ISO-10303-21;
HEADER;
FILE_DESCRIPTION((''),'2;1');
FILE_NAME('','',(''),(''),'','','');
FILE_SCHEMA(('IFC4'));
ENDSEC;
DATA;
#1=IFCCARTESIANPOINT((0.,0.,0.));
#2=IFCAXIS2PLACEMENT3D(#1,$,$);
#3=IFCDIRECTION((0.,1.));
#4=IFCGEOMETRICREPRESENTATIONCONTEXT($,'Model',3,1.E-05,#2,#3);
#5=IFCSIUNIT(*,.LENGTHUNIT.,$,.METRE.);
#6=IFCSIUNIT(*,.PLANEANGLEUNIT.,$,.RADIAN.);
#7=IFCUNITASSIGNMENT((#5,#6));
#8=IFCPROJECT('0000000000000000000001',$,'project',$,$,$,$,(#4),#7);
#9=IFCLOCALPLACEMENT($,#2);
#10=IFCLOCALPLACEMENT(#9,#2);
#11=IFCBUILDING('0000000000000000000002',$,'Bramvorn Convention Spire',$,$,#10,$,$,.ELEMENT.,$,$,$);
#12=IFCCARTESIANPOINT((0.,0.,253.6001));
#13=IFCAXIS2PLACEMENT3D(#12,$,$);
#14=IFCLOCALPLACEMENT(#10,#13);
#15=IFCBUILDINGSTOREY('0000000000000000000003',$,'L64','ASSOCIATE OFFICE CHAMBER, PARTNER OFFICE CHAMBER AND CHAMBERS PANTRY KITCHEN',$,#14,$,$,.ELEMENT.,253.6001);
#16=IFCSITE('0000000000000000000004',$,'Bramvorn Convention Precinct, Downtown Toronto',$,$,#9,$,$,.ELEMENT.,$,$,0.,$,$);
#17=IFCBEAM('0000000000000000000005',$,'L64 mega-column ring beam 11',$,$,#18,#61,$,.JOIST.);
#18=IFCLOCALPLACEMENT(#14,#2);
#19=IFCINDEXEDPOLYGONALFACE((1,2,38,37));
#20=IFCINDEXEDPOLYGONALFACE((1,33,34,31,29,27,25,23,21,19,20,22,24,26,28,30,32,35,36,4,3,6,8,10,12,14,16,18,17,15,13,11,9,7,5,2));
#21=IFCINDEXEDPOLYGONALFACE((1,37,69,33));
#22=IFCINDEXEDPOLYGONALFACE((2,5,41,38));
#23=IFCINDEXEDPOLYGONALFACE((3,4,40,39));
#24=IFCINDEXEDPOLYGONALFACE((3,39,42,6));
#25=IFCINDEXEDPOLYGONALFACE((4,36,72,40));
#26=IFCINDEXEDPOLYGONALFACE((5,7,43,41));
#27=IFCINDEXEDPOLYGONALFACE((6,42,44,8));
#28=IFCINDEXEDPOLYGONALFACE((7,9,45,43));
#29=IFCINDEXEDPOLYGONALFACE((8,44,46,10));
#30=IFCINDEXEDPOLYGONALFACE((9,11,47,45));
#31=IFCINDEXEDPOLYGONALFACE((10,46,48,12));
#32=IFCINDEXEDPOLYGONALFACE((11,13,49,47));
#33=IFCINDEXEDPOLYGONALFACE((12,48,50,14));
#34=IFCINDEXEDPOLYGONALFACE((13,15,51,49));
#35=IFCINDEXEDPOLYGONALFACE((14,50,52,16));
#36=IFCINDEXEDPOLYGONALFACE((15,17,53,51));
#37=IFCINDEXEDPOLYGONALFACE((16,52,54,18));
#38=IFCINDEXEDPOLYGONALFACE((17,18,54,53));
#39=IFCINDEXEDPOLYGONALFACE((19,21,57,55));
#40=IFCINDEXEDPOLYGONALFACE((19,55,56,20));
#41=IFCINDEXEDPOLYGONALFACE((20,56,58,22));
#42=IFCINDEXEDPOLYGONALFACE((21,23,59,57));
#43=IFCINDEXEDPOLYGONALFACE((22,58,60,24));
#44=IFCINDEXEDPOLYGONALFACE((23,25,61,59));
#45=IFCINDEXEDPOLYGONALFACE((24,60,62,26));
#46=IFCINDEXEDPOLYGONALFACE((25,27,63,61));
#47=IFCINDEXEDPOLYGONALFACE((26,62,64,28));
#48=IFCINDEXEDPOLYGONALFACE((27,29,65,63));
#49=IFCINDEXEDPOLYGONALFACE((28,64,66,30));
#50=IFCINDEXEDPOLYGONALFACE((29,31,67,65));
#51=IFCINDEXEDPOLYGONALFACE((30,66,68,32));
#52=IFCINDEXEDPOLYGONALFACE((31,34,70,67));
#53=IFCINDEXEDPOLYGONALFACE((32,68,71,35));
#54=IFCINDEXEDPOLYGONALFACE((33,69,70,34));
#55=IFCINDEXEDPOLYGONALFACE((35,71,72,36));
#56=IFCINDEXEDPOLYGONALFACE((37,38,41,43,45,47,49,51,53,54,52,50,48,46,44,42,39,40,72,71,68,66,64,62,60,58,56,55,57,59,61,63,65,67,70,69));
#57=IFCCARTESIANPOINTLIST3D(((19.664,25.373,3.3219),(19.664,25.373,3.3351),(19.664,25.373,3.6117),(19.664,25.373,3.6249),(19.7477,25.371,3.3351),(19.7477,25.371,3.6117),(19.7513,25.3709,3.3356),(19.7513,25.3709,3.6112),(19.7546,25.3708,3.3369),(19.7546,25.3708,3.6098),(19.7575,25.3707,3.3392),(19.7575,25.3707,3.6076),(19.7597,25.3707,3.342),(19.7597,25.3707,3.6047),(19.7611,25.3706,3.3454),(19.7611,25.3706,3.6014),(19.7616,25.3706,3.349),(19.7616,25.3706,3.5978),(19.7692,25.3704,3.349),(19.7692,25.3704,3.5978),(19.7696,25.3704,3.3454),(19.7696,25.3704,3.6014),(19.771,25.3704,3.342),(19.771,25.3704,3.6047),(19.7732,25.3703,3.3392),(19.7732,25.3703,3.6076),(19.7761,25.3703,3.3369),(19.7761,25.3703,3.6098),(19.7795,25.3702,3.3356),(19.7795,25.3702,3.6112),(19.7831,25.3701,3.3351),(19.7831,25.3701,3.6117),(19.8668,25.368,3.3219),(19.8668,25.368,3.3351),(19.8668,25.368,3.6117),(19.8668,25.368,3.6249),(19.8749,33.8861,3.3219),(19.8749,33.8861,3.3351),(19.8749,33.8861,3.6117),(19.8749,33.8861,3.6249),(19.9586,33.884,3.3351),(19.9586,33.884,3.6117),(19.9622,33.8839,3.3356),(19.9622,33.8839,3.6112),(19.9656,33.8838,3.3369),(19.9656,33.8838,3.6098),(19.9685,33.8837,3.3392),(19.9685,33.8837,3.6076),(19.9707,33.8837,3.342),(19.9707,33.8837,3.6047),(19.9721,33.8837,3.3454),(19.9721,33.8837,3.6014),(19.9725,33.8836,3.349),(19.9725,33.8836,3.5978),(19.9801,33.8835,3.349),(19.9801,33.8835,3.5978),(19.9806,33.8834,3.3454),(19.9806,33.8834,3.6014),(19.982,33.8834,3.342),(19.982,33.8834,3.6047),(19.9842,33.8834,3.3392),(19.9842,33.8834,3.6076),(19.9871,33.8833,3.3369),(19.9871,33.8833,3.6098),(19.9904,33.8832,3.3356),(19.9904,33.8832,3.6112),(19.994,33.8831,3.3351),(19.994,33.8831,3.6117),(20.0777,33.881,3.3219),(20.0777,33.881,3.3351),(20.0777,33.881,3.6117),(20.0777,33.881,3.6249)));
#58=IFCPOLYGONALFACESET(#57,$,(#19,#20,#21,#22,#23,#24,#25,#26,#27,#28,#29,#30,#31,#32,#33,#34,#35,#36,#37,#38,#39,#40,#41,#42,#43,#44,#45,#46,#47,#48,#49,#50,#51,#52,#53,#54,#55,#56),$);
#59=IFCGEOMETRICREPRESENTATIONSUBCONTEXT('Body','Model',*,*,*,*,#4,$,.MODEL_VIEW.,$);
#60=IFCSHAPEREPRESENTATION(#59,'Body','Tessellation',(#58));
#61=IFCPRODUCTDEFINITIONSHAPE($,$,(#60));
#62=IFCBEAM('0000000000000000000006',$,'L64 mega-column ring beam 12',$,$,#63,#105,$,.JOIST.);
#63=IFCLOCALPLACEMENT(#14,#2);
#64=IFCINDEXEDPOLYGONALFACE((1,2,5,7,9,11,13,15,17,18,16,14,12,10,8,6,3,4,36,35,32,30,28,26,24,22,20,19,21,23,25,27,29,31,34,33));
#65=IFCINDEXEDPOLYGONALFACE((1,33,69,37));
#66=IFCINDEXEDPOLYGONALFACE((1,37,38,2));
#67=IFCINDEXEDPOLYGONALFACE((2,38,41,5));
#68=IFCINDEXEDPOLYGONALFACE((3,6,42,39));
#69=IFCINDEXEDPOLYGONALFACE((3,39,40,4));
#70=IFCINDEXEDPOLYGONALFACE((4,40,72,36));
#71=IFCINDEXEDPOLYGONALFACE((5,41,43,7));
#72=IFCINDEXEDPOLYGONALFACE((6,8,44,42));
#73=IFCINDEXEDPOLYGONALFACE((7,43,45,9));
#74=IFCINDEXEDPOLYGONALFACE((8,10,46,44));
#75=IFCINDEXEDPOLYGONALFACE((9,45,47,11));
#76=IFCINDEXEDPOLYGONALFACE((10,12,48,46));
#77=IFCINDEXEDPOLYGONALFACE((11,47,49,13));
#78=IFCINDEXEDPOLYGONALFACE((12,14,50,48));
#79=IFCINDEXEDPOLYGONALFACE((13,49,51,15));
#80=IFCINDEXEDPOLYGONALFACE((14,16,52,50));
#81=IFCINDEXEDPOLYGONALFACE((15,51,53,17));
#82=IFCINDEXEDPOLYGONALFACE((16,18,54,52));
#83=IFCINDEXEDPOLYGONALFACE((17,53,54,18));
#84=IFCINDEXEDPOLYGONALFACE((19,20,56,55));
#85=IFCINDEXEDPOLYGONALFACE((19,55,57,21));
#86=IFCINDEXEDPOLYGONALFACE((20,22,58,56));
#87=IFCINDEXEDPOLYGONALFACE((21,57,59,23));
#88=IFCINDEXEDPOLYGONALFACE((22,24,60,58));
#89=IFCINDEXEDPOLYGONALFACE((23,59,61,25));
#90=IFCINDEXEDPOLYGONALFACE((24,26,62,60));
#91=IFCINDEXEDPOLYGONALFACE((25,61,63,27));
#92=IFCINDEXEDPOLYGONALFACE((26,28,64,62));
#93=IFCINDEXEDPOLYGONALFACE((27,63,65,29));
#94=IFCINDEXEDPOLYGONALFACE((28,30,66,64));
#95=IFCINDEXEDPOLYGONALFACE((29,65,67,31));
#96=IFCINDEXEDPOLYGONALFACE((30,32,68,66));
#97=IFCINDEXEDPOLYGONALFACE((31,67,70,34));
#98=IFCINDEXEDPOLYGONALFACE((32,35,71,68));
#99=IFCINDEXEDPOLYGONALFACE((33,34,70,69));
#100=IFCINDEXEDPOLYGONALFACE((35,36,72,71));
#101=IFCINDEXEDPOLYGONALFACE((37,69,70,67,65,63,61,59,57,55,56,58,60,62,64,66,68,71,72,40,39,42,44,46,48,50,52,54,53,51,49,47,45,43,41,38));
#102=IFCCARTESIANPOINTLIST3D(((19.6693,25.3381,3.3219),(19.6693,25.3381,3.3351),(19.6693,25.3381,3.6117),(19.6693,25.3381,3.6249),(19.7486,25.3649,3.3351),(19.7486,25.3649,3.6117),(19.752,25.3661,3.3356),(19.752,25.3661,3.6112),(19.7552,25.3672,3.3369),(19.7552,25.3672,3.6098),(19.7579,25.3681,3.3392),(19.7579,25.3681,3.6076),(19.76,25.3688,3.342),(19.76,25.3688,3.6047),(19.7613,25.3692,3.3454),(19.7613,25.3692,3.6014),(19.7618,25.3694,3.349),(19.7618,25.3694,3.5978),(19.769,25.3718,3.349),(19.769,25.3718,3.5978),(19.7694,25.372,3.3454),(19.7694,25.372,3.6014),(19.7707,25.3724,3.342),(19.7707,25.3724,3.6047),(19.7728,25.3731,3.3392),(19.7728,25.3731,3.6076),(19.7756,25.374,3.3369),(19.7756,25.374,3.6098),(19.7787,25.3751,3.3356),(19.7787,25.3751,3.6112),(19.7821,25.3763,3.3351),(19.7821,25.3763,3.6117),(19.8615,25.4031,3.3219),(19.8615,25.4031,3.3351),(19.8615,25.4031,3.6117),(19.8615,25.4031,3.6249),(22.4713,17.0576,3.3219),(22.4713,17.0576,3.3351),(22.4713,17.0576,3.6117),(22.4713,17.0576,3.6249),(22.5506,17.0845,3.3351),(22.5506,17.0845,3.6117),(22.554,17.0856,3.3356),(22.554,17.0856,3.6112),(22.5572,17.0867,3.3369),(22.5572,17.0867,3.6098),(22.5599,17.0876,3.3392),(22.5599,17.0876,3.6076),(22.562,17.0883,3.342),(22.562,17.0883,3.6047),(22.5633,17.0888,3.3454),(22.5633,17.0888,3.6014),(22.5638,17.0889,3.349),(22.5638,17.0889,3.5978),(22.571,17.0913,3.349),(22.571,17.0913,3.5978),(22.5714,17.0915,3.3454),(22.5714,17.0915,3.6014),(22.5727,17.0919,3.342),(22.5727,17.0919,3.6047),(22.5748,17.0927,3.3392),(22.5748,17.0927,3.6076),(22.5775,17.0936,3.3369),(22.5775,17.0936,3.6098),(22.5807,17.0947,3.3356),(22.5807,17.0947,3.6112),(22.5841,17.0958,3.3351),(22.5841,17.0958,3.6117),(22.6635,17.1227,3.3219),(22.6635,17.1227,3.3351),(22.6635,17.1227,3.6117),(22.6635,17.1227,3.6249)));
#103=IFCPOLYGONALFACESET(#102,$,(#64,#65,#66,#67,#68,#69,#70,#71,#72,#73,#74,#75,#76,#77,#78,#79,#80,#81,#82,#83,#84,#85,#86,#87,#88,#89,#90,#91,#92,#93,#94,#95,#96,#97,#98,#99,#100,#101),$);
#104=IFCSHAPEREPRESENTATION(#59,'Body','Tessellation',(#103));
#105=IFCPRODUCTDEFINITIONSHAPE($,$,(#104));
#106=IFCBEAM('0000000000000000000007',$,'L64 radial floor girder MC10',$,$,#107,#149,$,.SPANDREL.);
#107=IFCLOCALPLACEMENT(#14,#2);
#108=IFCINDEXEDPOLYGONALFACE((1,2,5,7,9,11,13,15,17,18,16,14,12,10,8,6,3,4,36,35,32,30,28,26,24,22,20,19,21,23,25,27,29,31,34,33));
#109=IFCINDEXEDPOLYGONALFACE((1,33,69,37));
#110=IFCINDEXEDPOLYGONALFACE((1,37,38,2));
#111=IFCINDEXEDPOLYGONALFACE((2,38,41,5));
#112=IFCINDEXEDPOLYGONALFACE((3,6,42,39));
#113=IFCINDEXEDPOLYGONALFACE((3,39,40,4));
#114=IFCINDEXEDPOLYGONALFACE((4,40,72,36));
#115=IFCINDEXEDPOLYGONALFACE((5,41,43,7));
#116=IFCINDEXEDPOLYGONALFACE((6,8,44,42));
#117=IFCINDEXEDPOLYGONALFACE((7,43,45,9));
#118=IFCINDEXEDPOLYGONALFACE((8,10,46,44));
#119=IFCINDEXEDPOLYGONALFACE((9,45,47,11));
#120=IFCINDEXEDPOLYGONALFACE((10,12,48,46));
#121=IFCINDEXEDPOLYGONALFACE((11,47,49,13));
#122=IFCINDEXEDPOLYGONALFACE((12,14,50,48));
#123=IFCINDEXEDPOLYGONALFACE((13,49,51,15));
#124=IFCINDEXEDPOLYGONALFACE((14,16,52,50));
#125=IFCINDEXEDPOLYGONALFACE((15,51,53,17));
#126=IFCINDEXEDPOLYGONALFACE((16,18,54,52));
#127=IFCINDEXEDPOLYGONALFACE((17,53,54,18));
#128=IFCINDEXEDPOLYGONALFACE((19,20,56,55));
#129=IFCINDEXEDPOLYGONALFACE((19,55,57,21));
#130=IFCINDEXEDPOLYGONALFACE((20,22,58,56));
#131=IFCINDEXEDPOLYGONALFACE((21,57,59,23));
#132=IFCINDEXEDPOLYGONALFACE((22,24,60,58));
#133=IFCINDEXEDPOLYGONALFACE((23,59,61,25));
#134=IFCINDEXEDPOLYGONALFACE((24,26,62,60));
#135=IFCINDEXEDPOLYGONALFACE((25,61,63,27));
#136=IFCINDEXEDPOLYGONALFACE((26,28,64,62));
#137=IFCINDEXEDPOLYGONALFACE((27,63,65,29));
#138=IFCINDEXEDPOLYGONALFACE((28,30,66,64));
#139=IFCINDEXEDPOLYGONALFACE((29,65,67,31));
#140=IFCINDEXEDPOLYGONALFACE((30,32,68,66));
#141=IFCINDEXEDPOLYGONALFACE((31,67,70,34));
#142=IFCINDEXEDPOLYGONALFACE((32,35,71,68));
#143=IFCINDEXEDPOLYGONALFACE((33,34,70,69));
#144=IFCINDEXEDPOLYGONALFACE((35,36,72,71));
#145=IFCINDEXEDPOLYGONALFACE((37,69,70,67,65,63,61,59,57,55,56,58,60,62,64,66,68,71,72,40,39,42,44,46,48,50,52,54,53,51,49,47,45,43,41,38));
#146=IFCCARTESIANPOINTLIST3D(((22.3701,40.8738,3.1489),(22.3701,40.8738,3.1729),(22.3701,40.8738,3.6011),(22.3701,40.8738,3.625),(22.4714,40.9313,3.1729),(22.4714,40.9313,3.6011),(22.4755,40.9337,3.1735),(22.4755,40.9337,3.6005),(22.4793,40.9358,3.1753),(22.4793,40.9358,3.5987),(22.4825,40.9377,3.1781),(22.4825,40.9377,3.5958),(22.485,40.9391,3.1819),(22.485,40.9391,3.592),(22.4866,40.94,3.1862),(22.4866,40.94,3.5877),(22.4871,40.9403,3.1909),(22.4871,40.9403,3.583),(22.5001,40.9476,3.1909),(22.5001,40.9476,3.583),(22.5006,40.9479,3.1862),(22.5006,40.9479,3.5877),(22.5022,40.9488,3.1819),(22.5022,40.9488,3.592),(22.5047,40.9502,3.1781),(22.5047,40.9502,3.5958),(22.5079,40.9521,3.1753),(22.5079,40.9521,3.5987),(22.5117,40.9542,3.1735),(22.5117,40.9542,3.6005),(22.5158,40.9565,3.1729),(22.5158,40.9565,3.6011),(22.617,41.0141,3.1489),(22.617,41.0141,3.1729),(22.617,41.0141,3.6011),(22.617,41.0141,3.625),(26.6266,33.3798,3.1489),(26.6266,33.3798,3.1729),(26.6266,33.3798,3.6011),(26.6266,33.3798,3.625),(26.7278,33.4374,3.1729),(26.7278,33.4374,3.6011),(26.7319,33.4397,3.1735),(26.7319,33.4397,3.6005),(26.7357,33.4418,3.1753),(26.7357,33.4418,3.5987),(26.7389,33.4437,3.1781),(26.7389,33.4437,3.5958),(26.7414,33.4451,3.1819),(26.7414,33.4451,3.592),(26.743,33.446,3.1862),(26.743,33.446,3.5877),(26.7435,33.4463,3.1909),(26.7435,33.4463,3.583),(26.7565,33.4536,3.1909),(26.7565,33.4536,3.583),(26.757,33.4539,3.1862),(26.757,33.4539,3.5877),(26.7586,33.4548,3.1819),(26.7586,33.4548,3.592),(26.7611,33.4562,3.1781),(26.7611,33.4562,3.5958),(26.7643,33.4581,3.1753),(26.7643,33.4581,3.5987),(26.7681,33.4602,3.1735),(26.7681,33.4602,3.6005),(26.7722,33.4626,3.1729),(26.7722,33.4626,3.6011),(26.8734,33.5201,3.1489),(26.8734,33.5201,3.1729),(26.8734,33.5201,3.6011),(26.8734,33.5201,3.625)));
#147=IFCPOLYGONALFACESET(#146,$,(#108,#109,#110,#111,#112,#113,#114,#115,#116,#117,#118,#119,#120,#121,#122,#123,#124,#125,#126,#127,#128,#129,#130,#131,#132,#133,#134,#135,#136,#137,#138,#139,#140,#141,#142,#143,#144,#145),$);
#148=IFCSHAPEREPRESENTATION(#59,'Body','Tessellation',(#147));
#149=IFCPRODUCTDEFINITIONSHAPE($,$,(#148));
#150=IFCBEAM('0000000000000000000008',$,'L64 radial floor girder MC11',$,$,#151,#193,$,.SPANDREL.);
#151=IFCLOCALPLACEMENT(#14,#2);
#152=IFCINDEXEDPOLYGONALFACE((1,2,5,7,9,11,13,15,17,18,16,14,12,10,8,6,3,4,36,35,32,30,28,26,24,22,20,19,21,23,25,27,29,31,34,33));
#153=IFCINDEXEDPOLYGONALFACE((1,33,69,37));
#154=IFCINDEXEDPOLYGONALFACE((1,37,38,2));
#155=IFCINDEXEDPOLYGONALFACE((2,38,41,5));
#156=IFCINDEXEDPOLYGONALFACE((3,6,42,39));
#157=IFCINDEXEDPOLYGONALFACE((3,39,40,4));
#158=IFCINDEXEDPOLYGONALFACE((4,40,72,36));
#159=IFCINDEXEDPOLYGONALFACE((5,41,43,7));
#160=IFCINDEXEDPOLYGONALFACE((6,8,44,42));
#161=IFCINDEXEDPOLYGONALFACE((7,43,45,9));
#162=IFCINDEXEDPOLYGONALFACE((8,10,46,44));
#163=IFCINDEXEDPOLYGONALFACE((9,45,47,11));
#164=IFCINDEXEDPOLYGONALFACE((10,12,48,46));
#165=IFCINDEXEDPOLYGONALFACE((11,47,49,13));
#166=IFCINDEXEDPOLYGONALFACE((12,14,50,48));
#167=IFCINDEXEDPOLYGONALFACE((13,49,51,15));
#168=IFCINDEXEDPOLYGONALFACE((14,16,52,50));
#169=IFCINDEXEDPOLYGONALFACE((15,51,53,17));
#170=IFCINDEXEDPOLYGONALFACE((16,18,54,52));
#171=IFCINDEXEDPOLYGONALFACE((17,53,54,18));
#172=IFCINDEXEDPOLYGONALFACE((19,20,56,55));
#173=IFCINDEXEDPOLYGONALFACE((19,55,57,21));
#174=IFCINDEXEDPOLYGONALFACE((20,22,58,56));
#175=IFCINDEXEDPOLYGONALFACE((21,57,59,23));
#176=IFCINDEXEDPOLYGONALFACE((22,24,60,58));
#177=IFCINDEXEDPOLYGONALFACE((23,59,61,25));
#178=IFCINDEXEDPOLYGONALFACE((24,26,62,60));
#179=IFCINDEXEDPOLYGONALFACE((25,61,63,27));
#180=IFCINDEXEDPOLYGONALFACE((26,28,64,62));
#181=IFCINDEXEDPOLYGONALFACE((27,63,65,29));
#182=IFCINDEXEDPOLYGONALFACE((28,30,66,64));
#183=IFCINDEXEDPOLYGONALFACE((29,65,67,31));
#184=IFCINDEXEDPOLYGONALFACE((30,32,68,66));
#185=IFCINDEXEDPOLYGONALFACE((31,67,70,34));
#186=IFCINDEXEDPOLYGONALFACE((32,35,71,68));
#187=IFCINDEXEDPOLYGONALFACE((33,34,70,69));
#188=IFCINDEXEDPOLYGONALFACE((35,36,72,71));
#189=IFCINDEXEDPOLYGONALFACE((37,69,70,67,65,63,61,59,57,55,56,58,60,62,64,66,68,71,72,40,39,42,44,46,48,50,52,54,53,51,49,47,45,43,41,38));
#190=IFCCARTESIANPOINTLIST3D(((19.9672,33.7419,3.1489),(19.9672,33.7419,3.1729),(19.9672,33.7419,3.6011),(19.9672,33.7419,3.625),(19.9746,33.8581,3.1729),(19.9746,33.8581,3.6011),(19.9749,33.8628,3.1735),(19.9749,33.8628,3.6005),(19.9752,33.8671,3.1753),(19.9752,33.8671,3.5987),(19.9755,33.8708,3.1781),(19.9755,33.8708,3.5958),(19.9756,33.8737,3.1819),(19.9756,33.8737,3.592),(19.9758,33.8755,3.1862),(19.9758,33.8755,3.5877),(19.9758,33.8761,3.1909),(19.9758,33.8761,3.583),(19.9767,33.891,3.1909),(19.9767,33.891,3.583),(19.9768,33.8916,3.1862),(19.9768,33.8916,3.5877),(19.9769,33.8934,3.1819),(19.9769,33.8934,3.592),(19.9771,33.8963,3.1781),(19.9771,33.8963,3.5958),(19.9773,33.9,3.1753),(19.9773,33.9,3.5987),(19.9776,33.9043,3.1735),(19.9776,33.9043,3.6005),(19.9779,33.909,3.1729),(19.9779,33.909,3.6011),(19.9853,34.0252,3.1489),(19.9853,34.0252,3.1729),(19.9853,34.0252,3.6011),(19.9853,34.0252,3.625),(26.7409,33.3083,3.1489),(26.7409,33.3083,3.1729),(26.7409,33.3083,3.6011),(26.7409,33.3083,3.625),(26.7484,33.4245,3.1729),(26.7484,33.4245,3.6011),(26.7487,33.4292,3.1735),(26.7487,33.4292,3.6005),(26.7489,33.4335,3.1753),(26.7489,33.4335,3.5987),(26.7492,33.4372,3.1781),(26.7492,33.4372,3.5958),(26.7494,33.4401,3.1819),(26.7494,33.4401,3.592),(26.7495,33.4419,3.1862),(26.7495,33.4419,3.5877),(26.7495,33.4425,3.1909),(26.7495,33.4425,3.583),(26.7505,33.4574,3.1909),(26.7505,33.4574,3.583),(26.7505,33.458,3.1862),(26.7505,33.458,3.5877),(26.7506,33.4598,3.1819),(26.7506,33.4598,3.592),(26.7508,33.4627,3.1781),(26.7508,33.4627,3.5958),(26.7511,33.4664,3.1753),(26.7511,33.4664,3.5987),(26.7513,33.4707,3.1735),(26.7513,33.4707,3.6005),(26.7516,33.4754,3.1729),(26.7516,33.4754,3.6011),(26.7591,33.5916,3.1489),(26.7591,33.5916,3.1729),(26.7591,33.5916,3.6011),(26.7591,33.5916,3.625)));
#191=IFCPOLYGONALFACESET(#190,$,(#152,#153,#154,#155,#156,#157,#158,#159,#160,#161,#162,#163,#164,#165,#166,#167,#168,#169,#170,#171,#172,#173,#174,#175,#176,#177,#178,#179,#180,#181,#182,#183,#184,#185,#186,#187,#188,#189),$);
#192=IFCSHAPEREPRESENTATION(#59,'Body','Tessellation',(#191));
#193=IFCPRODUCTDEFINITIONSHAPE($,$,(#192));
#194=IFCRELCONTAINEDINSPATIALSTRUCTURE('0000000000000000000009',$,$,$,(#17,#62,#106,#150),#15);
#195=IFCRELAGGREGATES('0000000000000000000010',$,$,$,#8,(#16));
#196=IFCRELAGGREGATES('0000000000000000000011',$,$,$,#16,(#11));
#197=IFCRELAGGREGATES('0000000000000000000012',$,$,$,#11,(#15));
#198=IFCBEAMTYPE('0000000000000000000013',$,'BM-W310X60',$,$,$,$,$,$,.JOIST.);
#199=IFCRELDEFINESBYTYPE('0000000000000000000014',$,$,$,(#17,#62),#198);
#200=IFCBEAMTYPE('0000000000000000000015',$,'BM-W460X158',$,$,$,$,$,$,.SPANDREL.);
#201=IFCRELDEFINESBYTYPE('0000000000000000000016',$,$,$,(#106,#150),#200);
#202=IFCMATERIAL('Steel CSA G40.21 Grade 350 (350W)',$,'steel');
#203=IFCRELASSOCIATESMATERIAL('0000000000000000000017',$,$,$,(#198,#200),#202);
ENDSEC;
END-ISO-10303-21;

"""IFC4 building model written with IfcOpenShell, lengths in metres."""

from ifc_helpers import new_model, si_unit, direction, frame, origin, origin_2d, place, context, subcontext, project, spatial, i_section, extrude, material, material_profile, profile_set, type_object, element, save


model = new_model("IFC4")

# Units and contexts
model_context = context("Model", 3, precision=1e-05, world=origin(), true_north=direction((0.0, 1.0)))
body_context = subcontext(model_context, "Body", "Model", "MODEL_VIEW")
ifc_project = project(units=[si_unit("LENGTHUNIT", "METRE"), si_unit("PLANEANGLEUNIT", "RADIAN")], contexts=[model_context])

# Site, building, storey
site_placement = place(None, origin())
site = spatial("IfcSite", under=ifc_project, at=site_placement, Name="Bramvorn Convention Precinct, Downtown Toronto", CompositionType="ELEMENT", RefElevation=0.0)
building_placement = place(site_placement, origin())
building = spatial("IfcBuilding", under=site, at=building_placement, Name="Bramvorn Convention Spire", CompositionType="ELEMENT")
storey_placement = place(building_placement, frame((0.0, 0.0, 253.6001)))
storey = spatial("IfcBuildingStorey", under=building, at=storey_placement, Name="L64", Description="ASSOCIATE OFFICE CHAMBER, PARTNER OFFICE CHAMBER AND CHAMBERS PANTRY KITCHEN", CompositionType="ELEMENT", Elevation=253.6001)

# Shared definitions
ifc_material_1 = material(Name="Steel CSA G40.21 Grade 350 (350W)", Category="steel")

# Beams
ifc_material_profile_1 = material_profile(ifc_material_1, i_section(OverallWidth=0.2029, OverallDepth=0.303, WebThickness=0.0076, FlangeThickness=0.0132, FilletRadius=0.0139, at=origin_2d()))
ifc_profile_set_1 = profile_set([ifc_material_profile_1], Name="Steel CSA G40.21 Grade 350 (350W) - W310X60")
beam_type_1 = type_object("IfcBeamType", Name="BM-W310X60", PredefinedType="JOIST", material=ifc_profile_set_1)
beam_1_placement = place(storey_placement, frame((19.9763, 33.8835, 3.4734), z_axis=(-0.024771, -0.999693, 0.0), x_axis=(0.999693, -0.024771, 0.0)))
element("IfcBeam", 1, at=beam_1_placement, inside=storey, type_object=beam_type_1, Name="L64 mega-column ring beam 11", PredefinedType="JOIST", context=body_context, shape_type="SweptSolid", body=[
    extrude(i_section(OverallWidth=0.2029, OverallDepth=0.303, WebThickness=0.0076, FlangeThickness=0.0132, FilletRadius=0.0139, at=origin_2d()), origin(), (0.0, 0.0, 1.0), 8.5156),
])
beam_2_placement = place(storey_placement, frame((19.7654, 25.3706, 3.4734), z_axis=(0.320531, -0.947238, 0.0), x_axis=(0.947238, 0.320531, 0.0)))
element("IfcBeam", 2, at=beam_2_placement, inside=storey, type_object=beam_type_1, Name="L64 mega-column ring beam 12", PredefinedType="JOIST", context=body_context, shape_type="SweptSolid", body=[
    extrude(i_section(OverallWidth=0.2029, OverallDepth=0.303, WebThickness=0.0076, FlangeThickness=0.0132, FilletRadius=0.0139, at=origin_2d()), origin(), (0.0, 0.0, 1.0), 8.7417),
])
ifc_material_profile_2 = material_profile(ifc_material_1, i_section(OverallWidth=0.2839, OverallDepth=0.4761, WebThickness=0.0149, FlangeThickness=0.0239, FilletRadius=0.0181, at=origin_2d()))
ifc_profile_set_2 = profile_set([ifc_material_profile_2], Name="Steel CSA G40.21 Grade 350 (350W) - W460X158")
beam_type_2 = type_object("IfcBeamType", Name="BM-W460X158", PredefinedType="SPANDREL", material=ifc_profile_set_2)
beam_3_placement = place(storey_placement, frame((26.75, 33.45, 3.387), z_axis=(-0.493874, 0.869534, 0.0), x_axis=(-0.869534, -0.493874, 0.0)))
element("IfcBeam", 3, at=beam_3_placement, inside=storey, type_object=beam_type_2, Name="L64 radial floor girder MC10", PredefinedType="SPANDREL", context=body_context, shape_type="SweptSolid", body=[
    extrude(i_section(OverallWidth=0.2839, OverallDepth=0.4761, WebThickness=0.0149, FlangeThickness=0.0239, FilletRadius=0.0181, at=origin_2d()), origin(), (0.0, 0.0, 1.0), 8.6184),
])
beam_4_placement = place(storey_placement, frame((26.75, 33.45, 3.387), z_axis=(-0.997958, 0.063881, 0.0), x_axis=(-0.063881, -0.997958, 0.0)))
element("IfcBeam", 4, at=beam_4_placement, inside=storey, type_object=beam_type_2, Name="L64 radial floor girder MC11", PredefinedType="SPANDREL", context=body_context, shape_type="SweptSolid", body=[
    extrude(i_section(OverallWidth=0.2839, OverallDepth=0.4761, WebThickness=0.0149, FlangeThickness=0.0239, FilletRadius=0.0181, at=origin_2d()), origin(), (0.0, 0.0, 1.0), 6.7876),
])

save(model, "model.ifc")
